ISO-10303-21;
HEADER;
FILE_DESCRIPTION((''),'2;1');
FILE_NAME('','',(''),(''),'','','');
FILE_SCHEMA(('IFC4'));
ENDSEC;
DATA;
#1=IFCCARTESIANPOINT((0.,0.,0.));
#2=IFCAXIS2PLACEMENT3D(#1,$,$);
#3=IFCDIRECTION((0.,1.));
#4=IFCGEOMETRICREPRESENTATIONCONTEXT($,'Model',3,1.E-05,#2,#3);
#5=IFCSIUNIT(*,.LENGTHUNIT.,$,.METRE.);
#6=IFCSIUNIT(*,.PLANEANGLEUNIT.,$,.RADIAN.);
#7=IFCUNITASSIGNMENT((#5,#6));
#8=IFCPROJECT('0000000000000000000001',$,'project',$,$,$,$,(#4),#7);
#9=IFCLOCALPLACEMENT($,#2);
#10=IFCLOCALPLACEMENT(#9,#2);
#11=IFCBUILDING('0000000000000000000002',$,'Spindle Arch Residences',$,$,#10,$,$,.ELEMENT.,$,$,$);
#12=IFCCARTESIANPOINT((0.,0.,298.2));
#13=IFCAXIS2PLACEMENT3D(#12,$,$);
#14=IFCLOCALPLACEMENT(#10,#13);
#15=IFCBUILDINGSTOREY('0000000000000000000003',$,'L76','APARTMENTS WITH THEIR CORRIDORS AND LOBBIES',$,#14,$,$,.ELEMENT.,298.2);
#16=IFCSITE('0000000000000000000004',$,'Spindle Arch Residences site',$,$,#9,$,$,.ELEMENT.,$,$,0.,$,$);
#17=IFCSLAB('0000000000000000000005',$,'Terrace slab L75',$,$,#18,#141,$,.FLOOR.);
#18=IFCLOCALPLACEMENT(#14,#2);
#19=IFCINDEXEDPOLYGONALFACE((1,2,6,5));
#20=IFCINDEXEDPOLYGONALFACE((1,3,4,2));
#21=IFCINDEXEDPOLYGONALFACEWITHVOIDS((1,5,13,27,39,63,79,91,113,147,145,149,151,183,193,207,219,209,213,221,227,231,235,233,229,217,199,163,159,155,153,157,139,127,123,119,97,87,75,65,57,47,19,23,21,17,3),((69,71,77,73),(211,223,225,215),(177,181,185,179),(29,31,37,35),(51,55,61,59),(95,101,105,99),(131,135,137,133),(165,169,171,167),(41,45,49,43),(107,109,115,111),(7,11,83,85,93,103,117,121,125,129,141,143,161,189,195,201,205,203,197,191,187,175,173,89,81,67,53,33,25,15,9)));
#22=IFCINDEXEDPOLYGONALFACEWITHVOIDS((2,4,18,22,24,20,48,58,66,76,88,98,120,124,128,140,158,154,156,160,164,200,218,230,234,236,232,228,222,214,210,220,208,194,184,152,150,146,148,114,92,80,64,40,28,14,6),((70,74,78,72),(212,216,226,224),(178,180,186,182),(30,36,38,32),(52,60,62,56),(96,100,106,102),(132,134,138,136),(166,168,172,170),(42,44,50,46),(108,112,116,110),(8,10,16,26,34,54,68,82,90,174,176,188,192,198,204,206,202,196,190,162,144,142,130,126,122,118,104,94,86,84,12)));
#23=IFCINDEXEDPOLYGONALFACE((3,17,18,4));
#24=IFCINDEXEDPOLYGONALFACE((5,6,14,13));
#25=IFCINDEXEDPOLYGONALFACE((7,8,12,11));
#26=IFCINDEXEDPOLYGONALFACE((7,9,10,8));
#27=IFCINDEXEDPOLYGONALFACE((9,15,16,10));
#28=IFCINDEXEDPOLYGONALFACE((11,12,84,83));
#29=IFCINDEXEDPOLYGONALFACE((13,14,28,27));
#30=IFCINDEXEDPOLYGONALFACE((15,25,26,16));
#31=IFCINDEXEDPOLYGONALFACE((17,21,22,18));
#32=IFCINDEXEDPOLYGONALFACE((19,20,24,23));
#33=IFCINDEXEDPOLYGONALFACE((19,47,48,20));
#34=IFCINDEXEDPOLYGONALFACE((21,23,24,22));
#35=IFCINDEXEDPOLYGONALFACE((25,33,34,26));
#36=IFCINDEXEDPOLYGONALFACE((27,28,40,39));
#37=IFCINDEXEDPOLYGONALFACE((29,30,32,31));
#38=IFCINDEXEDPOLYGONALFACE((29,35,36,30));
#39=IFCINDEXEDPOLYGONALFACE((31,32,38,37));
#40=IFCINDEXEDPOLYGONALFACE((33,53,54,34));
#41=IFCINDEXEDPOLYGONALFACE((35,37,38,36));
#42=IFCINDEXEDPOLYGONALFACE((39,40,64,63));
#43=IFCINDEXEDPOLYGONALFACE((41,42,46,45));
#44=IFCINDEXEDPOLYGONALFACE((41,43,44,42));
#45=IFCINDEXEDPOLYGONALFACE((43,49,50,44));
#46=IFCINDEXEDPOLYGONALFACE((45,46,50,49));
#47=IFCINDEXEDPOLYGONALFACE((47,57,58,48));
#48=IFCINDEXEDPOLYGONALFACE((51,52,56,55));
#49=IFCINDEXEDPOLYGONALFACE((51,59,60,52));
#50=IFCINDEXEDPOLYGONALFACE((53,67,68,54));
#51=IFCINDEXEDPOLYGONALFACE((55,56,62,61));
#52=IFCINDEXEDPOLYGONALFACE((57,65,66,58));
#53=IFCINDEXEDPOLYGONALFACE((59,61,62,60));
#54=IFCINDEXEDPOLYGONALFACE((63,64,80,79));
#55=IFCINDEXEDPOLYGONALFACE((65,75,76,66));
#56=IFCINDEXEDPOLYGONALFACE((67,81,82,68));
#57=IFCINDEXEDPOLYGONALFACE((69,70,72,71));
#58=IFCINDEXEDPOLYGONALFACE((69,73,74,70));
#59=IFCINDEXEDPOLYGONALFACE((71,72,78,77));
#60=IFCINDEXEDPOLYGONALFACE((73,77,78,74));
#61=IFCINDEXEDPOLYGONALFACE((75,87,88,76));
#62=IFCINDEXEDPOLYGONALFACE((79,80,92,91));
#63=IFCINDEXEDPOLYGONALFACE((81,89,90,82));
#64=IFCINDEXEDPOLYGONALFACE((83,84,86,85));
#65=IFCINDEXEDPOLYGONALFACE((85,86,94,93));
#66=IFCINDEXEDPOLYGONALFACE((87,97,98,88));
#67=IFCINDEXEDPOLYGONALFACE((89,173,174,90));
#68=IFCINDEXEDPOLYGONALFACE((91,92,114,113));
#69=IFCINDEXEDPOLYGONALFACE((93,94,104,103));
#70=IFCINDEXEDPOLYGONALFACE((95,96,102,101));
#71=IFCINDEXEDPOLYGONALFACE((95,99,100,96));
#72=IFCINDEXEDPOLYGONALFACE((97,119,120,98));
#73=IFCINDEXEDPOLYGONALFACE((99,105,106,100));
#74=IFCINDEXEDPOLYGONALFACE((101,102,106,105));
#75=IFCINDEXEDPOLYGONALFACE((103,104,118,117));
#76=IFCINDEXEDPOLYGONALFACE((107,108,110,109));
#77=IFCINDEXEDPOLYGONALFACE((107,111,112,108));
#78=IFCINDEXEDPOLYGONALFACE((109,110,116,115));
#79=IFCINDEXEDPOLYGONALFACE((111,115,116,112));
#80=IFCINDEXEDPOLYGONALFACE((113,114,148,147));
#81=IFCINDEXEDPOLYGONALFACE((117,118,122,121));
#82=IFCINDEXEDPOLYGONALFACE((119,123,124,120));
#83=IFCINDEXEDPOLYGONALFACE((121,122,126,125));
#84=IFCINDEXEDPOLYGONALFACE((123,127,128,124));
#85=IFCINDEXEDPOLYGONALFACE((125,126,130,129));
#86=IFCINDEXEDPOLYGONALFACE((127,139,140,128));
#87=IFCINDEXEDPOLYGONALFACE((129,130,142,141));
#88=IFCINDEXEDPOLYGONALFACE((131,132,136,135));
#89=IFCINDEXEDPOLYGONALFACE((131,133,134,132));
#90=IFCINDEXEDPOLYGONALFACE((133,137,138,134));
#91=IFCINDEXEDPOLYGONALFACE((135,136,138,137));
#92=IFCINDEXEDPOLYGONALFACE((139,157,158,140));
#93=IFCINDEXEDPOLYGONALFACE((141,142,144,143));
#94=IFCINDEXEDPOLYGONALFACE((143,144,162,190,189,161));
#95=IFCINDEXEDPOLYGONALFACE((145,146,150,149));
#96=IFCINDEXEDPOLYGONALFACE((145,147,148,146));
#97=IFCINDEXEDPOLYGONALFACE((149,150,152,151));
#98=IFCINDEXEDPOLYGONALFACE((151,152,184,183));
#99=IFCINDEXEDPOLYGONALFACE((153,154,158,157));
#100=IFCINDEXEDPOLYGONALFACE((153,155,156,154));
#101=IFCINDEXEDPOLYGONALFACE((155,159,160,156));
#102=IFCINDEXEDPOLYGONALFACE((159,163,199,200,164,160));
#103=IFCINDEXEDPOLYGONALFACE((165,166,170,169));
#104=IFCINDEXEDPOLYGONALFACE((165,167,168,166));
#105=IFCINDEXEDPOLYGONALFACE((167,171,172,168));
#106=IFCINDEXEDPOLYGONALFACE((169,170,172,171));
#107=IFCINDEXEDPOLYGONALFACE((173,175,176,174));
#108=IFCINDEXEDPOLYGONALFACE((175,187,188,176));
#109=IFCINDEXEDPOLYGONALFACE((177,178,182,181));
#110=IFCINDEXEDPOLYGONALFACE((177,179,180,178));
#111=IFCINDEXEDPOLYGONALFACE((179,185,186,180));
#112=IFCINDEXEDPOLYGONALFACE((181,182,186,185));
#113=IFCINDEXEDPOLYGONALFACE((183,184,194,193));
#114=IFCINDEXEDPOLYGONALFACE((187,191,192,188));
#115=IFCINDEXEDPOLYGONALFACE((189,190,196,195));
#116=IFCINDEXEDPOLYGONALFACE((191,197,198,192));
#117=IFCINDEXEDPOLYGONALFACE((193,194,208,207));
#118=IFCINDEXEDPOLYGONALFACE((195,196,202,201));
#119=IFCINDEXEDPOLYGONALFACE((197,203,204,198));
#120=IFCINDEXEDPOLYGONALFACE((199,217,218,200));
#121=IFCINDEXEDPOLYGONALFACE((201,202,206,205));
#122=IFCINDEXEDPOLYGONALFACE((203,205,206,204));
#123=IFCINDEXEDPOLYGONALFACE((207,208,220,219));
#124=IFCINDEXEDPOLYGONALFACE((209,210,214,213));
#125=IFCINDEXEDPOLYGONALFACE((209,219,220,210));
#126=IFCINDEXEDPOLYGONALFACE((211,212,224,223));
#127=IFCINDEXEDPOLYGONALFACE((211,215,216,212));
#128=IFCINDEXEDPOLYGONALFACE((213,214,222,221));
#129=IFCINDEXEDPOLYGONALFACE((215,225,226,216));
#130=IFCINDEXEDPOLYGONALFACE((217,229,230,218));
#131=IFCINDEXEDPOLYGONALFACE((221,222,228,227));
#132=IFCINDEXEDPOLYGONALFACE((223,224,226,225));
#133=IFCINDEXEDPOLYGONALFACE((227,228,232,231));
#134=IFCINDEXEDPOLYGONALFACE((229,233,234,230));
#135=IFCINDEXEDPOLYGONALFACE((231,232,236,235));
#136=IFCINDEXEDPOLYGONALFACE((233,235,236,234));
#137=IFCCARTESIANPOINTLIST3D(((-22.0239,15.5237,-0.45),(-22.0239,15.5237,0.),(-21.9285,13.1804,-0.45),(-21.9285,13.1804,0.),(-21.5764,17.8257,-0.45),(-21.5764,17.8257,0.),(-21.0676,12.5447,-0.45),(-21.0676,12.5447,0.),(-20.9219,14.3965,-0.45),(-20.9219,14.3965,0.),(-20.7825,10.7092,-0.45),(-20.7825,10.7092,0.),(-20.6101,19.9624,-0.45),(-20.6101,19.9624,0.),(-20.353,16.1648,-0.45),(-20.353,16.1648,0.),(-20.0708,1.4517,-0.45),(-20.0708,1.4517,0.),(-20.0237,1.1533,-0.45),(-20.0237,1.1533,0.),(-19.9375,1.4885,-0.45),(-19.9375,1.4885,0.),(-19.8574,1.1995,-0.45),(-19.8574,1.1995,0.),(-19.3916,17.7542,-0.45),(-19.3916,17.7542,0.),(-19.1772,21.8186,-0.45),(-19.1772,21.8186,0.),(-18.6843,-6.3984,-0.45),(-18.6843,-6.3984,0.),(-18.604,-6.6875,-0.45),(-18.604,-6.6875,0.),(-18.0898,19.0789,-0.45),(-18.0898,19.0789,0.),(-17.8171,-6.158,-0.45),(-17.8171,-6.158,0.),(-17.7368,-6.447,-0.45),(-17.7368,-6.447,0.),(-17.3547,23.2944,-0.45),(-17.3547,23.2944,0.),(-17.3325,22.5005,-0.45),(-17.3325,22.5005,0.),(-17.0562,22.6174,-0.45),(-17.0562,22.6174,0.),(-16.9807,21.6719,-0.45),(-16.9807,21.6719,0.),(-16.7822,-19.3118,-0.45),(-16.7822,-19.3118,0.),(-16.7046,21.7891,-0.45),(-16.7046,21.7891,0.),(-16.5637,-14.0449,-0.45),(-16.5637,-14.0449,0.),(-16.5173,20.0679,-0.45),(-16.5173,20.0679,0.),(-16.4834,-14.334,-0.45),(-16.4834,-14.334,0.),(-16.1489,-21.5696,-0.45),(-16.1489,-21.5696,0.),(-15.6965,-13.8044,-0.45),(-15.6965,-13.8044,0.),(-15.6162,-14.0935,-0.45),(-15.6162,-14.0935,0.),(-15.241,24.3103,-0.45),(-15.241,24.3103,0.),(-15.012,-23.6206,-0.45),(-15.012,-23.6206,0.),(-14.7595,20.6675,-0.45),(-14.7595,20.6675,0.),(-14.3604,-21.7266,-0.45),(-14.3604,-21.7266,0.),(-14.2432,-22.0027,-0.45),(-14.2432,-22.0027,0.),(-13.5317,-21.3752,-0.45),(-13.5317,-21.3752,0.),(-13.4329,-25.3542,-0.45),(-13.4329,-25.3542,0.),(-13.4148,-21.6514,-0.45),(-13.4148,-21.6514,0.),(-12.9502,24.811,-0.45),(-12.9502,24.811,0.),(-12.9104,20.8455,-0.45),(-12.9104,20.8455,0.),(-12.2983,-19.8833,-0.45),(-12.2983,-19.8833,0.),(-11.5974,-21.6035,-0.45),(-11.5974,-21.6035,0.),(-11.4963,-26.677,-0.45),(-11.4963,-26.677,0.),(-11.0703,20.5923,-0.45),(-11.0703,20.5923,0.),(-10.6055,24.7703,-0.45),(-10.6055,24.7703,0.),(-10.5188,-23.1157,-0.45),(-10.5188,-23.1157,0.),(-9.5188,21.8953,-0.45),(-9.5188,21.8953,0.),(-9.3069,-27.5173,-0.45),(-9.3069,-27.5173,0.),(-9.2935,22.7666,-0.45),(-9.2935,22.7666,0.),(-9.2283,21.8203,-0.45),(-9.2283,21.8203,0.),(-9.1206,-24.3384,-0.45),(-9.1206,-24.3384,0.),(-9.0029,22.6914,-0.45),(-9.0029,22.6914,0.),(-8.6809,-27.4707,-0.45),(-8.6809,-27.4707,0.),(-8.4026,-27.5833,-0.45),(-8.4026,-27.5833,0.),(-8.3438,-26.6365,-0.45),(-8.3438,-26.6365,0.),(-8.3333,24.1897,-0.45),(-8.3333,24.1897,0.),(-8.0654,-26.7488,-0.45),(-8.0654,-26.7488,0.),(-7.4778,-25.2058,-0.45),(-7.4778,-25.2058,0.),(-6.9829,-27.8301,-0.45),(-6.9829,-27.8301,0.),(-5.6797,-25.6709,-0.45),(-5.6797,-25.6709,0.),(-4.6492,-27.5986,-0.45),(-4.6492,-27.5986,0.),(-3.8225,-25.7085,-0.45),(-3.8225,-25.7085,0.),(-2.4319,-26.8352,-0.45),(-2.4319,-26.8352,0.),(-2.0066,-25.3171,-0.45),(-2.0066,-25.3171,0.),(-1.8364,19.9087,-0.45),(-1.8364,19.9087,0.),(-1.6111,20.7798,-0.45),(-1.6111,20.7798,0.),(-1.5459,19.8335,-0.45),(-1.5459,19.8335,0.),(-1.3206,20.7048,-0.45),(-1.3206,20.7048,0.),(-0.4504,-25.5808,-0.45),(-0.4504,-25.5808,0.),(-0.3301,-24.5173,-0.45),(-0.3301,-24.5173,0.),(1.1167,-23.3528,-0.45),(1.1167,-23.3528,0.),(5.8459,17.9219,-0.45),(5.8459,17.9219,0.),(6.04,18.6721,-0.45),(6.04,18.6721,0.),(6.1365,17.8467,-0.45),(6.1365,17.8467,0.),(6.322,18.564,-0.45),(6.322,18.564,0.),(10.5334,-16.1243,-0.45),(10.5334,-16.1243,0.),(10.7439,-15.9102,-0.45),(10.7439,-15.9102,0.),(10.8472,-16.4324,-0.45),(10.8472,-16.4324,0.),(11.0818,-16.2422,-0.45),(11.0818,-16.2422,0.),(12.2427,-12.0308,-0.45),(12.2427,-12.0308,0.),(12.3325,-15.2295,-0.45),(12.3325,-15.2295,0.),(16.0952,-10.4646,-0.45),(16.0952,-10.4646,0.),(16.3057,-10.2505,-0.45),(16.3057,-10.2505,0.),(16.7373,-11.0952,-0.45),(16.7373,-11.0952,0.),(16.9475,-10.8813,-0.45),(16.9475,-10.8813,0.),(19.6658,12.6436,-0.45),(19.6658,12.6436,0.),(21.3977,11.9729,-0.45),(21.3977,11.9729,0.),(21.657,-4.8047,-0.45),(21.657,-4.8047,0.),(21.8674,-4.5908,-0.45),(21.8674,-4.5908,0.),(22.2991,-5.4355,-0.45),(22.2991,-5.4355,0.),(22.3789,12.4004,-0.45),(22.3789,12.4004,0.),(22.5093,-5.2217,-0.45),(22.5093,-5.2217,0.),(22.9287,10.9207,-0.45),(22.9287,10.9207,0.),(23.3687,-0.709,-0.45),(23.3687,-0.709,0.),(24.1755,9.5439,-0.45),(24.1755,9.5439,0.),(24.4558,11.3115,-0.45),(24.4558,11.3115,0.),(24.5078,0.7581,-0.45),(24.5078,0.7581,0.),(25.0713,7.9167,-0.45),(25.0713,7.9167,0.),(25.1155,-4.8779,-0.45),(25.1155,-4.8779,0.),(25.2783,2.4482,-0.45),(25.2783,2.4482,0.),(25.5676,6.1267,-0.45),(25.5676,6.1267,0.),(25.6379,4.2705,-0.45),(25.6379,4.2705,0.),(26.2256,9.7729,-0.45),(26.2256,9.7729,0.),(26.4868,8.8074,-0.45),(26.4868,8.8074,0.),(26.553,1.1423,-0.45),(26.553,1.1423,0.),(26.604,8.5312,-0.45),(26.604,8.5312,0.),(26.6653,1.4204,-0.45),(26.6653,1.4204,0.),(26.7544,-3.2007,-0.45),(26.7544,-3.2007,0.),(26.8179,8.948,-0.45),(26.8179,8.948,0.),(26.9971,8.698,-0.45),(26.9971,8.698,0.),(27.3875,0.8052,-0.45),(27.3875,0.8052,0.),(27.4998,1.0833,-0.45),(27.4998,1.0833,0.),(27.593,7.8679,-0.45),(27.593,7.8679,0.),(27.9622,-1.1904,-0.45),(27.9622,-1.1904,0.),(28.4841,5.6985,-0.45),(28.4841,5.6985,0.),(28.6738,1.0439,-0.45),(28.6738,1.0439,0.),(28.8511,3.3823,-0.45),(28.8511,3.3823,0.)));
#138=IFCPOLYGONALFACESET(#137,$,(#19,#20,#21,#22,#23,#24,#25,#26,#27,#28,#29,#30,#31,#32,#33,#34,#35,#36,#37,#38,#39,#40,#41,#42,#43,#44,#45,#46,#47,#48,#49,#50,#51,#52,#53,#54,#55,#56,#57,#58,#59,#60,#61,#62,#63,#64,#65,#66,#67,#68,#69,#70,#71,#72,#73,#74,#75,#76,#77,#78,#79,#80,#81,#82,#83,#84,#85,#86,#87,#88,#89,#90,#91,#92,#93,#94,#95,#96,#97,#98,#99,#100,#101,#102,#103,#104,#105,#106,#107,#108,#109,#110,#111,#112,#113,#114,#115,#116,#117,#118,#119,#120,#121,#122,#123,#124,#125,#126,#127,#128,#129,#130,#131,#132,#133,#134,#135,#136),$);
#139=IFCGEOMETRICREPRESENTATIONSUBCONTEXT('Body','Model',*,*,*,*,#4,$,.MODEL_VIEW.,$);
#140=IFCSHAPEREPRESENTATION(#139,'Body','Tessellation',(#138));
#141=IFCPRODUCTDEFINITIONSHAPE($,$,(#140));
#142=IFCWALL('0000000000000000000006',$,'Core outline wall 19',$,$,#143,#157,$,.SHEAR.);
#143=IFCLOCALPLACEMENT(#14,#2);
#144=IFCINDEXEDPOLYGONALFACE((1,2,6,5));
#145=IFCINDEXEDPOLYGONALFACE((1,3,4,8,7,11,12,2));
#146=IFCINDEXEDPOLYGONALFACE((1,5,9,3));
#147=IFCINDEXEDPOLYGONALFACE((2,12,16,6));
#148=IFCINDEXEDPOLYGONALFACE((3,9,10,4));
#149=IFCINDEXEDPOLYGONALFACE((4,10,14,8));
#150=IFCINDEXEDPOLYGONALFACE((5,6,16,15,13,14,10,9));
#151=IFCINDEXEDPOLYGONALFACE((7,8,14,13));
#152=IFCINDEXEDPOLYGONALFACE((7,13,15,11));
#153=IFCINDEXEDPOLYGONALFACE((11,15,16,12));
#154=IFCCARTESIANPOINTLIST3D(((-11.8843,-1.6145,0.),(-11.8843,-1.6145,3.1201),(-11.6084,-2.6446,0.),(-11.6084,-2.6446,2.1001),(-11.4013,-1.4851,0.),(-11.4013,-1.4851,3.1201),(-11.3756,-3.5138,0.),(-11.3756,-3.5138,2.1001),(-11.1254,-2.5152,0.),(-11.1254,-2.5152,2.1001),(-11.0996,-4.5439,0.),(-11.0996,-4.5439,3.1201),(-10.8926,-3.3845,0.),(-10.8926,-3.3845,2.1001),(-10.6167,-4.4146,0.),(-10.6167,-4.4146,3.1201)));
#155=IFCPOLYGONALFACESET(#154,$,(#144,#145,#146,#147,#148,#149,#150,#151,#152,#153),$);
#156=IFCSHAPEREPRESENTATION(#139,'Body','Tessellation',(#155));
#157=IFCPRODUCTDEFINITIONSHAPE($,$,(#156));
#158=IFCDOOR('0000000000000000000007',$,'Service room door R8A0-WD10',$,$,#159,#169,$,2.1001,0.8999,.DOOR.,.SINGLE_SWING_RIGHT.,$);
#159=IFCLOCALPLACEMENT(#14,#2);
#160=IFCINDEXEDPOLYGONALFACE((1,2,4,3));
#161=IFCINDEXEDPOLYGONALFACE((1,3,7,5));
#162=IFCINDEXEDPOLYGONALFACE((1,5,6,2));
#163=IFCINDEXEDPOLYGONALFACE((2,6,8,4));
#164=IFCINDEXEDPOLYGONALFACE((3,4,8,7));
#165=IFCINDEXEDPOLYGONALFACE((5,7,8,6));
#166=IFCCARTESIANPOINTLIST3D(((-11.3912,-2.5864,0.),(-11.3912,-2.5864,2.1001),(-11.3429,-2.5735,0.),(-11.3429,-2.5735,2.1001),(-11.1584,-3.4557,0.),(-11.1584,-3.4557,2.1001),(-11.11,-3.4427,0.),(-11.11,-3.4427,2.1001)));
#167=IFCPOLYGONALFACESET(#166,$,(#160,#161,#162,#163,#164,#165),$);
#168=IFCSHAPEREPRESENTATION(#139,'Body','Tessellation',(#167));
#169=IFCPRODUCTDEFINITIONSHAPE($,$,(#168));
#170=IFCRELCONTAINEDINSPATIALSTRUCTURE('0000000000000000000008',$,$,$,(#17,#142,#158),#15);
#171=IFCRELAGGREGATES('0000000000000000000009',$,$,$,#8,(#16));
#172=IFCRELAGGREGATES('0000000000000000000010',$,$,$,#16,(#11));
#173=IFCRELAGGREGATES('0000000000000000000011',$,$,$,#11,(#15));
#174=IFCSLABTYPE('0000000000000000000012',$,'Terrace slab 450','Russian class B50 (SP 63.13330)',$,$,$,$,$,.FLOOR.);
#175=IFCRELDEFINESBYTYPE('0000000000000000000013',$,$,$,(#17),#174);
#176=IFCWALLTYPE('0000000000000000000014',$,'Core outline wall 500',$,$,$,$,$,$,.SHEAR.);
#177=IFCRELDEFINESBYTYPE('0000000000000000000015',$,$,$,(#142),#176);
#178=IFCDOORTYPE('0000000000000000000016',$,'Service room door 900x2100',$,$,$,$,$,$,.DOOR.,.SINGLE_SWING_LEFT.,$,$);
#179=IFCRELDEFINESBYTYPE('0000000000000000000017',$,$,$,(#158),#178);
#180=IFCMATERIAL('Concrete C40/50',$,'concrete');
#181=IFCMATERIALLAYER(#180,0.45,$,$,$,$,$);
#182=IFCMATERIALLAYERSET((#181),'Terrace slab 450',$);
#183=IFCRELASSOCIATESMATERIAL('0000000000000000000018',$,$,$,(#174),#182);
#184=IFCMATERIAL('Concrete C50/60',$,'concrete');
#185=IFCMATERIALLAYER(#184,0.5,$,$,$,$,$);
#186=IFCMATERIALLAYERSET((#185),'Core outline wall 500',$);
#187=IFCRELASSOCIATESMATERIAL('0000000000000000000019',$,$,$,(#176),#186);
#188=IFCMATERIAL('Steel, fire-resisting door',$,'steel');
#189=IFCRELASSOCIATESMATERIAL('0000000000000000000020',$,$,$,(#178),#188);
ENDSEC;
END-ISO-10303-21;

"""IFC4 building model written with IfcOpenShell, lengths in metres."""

from ifc_helpers import new_model, si_unit, direction, frame, frame_2d, origin, place, context, subcontext, project, spatial, polyline, rectangle, outline, extrude, material, layer, layer_set, type_object, element, fill, save


model = new_model("IFC4")

# Units and contexts
model_context = context("Model", 3, precision=1e-05, world=origin(), true_north=direction((0.0, 1.0)))
body_context = subcontext(model_context, "Body", "Model", "MODEL_VIEW")
ifc_project = project(units=[si_unit("LENGTHUNIT", "METRE"), si_unit("PLANEANGLEUNIT", "RADIAN")], contexts=[model_context])

# Site, building, storey
site_placement = place(None, origin())
site = spatial("IfcSite", under=ifc_project, at=site_placement, Name="Spindle Arch Residences site", CompositionType="ELEMENT", RefElevation=0.0)
building_placement = place(site_placement, origin())
building = spatial("IfcBuilding", under=site, at=building_placement, Name="Spindle Arch Residences", CompositionType="ELEMENT")
storey_placement = place(building_placement, frame((0.0, 0.0, 298.2)))
storey = spatial("IfcBuildingStorey", under=building, at=storey_placement, Name="L76", Description="APARTMENTS WITH THEIR CORRIDORS AND LOBBIES", CompositionType="ELEMENT", Elevation=298.2)

# Slab
ifc_material_1 = material(Name="Concrete C40/50", Category="concrete")
ifc_layer_1 = layer(ifc_material_1, 0.45)
ifc_layer_set_1 = layer_set([ifc_layer_1], Name="Terrace slab 450")
slab_type_1 = type_object("IfcSlabType", Name="Terrace slab 450", Description="Russian class B50 (SP 63.13330)", PredefinedType="FLOOR", material=ifc_layer_set_1)
slab_1_placement = place(storey_placement, frame((0.0, 0.0, -0.45)))
element("IfcSlab", 1, at=slab_1_placement, inside=storey, type_object=slab_type_1, Name="Terrace slab L75", PredefinedType="FLOOR", context=body_context, shape_type="SweptSolid", body=[
    extrude(outline(polyline([(-2.4319, -26.8352), (-4.6492, -27.5986), (-6.9829, -27.8301), (-9.3069, -27.5173), (-11.4963, -26.677), (-13.4329, -25.3542), (-15.012, -23.6206), (-16.1489, -21.5696), (-16.7822, -19.3118), (-20.0237, 1.1533), (-19.8574, 1.1995), (-19.9375, 1.4885), (-20.0708, 1.4517), (-21.9285, 13.1804), (-22.0239, 15.5237), (-21.5764, 17.8257), (-20.6101, 19.9624), (-19.1772, 21.8186), (-17.3547, 23.2944), (-15.241, 24.3103), (-12.9502, 24.811), (-10.6055, 24.7703), (-8.3333, 24.1897), (6.04, 18.6721), (5.8459, 17.9219), (6.1365, 17.8467), (6.322, 18.564), (22.3789, 12.4004), (24.4558, 11.3115), (26.2256, 9.7729), (26.8179, 8.948), (26.4868, 8.8074), (26.604, 8.5312), (26.9971, 8.698), (27.593, 7.8679), (28.4841, 5.6985), (28.8511, 3.3823), (28.6738, 1.0439), (27.9622, -1.1904), (26.7544, -3.2007), (25.1155, -4.8779), (12.3325, -15.2295), (11.0818, -16.2422), (10.7439, -15.9102), (10.5334, -16.1243), (10.8472, -16.4324), (-0.4504, -25.5808), (-2.4319, -26.8352)]), holes=[polyline([(24.5078, 0.7581), (25.2783, 2.4482), (25.6379, 4.2705), (25.5676, 6.1267), (25.0713, 7.9167), (24.1755, 9.5439), (22.9287, 10.9207), (21.3977, 11.9729), (19.6658, 12.6436), (-11.0703, 20.5923), (-12.9104, 20.8455), (-14.7595, 20.6675), (-16.5173, 20.0679), (-18.0898, 19.0789), (-19.3916, 17.7542), (-20.353, 16.1648), (-20.9219, 14.3965), (-21.0676, 12.5447), (-20.7825, 10.7092), (-12.2983, -19.8833), (-11.5974, -21.6035), (-10.5188, -23.1157), (-9.1206, -24.3384), (-7.4778, -25.2058), (-5.6797, -25.6709), (-3.8225, -25.7085), (-2.0066, -25.3171), (-0.3301, -24.5173), (1.1167, -23.3528), (12.2427, -12.0308), (23.3687, -0.709), (24.5078, 0.7581)]), polyline([(-8.6809, -27.4707), (-8.4026, -27.5833), (-8.0654, -26.7488), (-8.3438, -26.6365), (-8.6809, -27.4707)]), polyline([(-14.3604, -21.7266), (-14.2432, -22.0027), (-13.4148, -21.6514), (-13.5317, -21.3752), (-14.3604, -21.7266)]), polyline([(-16.5637, -14.0449), (-16.4834, -14.334), (-15.6162, -14.0935), (-15.6965, -13.8044), (-16.5637, -14.0449)]), polyline([(-17.8171, -6.158), (-18.6843, -6.3984), (-18.604, -6.6875), (-17.7368, -6.447), (-17.8171, -6.158)]), polyline([(-1.3206, 20.7048), (-1.6111, 20.7798), (-1.8364, 19.9087), (-1.5459, 19.8335), (-1.3206, 20.7048)]), polyline([(-16.7046, 21.7891), (-17.0562, 22.6174), (-17.3325, 22.5005), (-16.9807, 21.6719), (-16.7046, 21.7891)]), polyline([(-9.2283, 21.8203), (-9.0029, 22.6914), (-9.2935, 22.7666), (-9.5188, 21.8953), (-9.2283, 21.8203)]), polyline([(16.0952, -10.4646), (16.7373, -11.0952), (16.9475, -10.8813), (16.3057, -10.2505), (16.0952, -10.4646)]), polyline([(21.657, -4.8047), (22.2991, -5.4355), (22.5093, -5.2217), (21.8674, -4.5908), (21.657, -4.8047)]), polyline([(27.3875, 0.8052), (27.4998, 1.0833), (26.6653, 1.4204), (26.553, 1.1423), (27.3875, 0.8052)])]), origin(), (0.0, 0.0, 1.0), 0.45),
])

# Wall, opening, door
ifc_material_2 = material(Name="Concrete C50/60", Category="concrete")
ifc_layer_2 = layer(ifc_material_2, 0.5)
ifc_layer_set_2 = layer_set([ifc_layer_2], Name="Core outline wall 500")
wall_type_1 = type_object("IfcWallType", Name="Core outline wall 500", PredefinedType="SHEAR", material=ifc_layer_set_2)
wall_1_placement = place(storey_placement, frame((-11.6428, -1.5498, 0.0), z_axis=(0.0, 0.0, 1.0), x_axis=(0.258735, -0.965948, 0.0)))
wall_1 = element("IfcWall", 2, at=wall_1_placement, inside=storey, type_object=wall_type_1, Name="Core outline wall 19", PredefinedType="SHEAR", context=body_context, shape_type="SweptSolid", body=[
    extrude(rectangle(XDim=3.0327, YDim=0.5, at=frame_2d((1.5164, 0.0))), origin(), (0.0, 0.0, 1.0), 3.1201),
])
opening_1_placement = place(wall_1_placement, frame((1.0664, 0.0, 0.0)))
opening_1 = element("IfcOpeningElement", 3, at=opening_1_placement, cuts=wall_1, PredefinedType="OPENING", context=body_context, shape_type="SweptSolid", body=[
    extrude(rectangle(XDim=0.8999, YDim=2.1001, at=frame_2d((0.45, 1.05))), frame((0.0, 0.26, 0.0), z_axis=(0.0, -1.0, 0.0), x_axis=(1.0, 0.0, 0.0)), (0.0, 0.0, 1.0), 0.52),
])
ifc_material_3 = material(Name="Steel, fire-resisting door", Category="steel")
door_type_1 = type_object("IfcDoorType", Name="Service room door 900x2100", OperationType="SINGLE_SWING_LEFT", PredefinedType="DOOR", material=ifc_material_3)
door_1_placement = place(opening_1_placement, origin())
door_1 = element("IfcDoor", 4, at=door_1_placement, inside=storey, type_object=door_type_1, Name="Service room door R8A0-WD10", OperationType="SINGLE_SWING_RIGHT", OverallHeight=2.1001, OverallWidth=0.8999, PredefinedType="DOOR", context=body_context, shape_type="SweptSolid", body=[
    extrude(rectangle(XDim=0.8999, YDim=2.1001, at=frame_2d((0.45, 1.05))), frame((0.0, 0.0249, 0.0), z_axis=(0.0, -1.0, 0.0), x_axis=(1.0, 0.0, 0.0)), (0.0, 0.0, 1.0), 0.05),
])
fill(opening_1, door_1)

save(model, "model.ifc")
